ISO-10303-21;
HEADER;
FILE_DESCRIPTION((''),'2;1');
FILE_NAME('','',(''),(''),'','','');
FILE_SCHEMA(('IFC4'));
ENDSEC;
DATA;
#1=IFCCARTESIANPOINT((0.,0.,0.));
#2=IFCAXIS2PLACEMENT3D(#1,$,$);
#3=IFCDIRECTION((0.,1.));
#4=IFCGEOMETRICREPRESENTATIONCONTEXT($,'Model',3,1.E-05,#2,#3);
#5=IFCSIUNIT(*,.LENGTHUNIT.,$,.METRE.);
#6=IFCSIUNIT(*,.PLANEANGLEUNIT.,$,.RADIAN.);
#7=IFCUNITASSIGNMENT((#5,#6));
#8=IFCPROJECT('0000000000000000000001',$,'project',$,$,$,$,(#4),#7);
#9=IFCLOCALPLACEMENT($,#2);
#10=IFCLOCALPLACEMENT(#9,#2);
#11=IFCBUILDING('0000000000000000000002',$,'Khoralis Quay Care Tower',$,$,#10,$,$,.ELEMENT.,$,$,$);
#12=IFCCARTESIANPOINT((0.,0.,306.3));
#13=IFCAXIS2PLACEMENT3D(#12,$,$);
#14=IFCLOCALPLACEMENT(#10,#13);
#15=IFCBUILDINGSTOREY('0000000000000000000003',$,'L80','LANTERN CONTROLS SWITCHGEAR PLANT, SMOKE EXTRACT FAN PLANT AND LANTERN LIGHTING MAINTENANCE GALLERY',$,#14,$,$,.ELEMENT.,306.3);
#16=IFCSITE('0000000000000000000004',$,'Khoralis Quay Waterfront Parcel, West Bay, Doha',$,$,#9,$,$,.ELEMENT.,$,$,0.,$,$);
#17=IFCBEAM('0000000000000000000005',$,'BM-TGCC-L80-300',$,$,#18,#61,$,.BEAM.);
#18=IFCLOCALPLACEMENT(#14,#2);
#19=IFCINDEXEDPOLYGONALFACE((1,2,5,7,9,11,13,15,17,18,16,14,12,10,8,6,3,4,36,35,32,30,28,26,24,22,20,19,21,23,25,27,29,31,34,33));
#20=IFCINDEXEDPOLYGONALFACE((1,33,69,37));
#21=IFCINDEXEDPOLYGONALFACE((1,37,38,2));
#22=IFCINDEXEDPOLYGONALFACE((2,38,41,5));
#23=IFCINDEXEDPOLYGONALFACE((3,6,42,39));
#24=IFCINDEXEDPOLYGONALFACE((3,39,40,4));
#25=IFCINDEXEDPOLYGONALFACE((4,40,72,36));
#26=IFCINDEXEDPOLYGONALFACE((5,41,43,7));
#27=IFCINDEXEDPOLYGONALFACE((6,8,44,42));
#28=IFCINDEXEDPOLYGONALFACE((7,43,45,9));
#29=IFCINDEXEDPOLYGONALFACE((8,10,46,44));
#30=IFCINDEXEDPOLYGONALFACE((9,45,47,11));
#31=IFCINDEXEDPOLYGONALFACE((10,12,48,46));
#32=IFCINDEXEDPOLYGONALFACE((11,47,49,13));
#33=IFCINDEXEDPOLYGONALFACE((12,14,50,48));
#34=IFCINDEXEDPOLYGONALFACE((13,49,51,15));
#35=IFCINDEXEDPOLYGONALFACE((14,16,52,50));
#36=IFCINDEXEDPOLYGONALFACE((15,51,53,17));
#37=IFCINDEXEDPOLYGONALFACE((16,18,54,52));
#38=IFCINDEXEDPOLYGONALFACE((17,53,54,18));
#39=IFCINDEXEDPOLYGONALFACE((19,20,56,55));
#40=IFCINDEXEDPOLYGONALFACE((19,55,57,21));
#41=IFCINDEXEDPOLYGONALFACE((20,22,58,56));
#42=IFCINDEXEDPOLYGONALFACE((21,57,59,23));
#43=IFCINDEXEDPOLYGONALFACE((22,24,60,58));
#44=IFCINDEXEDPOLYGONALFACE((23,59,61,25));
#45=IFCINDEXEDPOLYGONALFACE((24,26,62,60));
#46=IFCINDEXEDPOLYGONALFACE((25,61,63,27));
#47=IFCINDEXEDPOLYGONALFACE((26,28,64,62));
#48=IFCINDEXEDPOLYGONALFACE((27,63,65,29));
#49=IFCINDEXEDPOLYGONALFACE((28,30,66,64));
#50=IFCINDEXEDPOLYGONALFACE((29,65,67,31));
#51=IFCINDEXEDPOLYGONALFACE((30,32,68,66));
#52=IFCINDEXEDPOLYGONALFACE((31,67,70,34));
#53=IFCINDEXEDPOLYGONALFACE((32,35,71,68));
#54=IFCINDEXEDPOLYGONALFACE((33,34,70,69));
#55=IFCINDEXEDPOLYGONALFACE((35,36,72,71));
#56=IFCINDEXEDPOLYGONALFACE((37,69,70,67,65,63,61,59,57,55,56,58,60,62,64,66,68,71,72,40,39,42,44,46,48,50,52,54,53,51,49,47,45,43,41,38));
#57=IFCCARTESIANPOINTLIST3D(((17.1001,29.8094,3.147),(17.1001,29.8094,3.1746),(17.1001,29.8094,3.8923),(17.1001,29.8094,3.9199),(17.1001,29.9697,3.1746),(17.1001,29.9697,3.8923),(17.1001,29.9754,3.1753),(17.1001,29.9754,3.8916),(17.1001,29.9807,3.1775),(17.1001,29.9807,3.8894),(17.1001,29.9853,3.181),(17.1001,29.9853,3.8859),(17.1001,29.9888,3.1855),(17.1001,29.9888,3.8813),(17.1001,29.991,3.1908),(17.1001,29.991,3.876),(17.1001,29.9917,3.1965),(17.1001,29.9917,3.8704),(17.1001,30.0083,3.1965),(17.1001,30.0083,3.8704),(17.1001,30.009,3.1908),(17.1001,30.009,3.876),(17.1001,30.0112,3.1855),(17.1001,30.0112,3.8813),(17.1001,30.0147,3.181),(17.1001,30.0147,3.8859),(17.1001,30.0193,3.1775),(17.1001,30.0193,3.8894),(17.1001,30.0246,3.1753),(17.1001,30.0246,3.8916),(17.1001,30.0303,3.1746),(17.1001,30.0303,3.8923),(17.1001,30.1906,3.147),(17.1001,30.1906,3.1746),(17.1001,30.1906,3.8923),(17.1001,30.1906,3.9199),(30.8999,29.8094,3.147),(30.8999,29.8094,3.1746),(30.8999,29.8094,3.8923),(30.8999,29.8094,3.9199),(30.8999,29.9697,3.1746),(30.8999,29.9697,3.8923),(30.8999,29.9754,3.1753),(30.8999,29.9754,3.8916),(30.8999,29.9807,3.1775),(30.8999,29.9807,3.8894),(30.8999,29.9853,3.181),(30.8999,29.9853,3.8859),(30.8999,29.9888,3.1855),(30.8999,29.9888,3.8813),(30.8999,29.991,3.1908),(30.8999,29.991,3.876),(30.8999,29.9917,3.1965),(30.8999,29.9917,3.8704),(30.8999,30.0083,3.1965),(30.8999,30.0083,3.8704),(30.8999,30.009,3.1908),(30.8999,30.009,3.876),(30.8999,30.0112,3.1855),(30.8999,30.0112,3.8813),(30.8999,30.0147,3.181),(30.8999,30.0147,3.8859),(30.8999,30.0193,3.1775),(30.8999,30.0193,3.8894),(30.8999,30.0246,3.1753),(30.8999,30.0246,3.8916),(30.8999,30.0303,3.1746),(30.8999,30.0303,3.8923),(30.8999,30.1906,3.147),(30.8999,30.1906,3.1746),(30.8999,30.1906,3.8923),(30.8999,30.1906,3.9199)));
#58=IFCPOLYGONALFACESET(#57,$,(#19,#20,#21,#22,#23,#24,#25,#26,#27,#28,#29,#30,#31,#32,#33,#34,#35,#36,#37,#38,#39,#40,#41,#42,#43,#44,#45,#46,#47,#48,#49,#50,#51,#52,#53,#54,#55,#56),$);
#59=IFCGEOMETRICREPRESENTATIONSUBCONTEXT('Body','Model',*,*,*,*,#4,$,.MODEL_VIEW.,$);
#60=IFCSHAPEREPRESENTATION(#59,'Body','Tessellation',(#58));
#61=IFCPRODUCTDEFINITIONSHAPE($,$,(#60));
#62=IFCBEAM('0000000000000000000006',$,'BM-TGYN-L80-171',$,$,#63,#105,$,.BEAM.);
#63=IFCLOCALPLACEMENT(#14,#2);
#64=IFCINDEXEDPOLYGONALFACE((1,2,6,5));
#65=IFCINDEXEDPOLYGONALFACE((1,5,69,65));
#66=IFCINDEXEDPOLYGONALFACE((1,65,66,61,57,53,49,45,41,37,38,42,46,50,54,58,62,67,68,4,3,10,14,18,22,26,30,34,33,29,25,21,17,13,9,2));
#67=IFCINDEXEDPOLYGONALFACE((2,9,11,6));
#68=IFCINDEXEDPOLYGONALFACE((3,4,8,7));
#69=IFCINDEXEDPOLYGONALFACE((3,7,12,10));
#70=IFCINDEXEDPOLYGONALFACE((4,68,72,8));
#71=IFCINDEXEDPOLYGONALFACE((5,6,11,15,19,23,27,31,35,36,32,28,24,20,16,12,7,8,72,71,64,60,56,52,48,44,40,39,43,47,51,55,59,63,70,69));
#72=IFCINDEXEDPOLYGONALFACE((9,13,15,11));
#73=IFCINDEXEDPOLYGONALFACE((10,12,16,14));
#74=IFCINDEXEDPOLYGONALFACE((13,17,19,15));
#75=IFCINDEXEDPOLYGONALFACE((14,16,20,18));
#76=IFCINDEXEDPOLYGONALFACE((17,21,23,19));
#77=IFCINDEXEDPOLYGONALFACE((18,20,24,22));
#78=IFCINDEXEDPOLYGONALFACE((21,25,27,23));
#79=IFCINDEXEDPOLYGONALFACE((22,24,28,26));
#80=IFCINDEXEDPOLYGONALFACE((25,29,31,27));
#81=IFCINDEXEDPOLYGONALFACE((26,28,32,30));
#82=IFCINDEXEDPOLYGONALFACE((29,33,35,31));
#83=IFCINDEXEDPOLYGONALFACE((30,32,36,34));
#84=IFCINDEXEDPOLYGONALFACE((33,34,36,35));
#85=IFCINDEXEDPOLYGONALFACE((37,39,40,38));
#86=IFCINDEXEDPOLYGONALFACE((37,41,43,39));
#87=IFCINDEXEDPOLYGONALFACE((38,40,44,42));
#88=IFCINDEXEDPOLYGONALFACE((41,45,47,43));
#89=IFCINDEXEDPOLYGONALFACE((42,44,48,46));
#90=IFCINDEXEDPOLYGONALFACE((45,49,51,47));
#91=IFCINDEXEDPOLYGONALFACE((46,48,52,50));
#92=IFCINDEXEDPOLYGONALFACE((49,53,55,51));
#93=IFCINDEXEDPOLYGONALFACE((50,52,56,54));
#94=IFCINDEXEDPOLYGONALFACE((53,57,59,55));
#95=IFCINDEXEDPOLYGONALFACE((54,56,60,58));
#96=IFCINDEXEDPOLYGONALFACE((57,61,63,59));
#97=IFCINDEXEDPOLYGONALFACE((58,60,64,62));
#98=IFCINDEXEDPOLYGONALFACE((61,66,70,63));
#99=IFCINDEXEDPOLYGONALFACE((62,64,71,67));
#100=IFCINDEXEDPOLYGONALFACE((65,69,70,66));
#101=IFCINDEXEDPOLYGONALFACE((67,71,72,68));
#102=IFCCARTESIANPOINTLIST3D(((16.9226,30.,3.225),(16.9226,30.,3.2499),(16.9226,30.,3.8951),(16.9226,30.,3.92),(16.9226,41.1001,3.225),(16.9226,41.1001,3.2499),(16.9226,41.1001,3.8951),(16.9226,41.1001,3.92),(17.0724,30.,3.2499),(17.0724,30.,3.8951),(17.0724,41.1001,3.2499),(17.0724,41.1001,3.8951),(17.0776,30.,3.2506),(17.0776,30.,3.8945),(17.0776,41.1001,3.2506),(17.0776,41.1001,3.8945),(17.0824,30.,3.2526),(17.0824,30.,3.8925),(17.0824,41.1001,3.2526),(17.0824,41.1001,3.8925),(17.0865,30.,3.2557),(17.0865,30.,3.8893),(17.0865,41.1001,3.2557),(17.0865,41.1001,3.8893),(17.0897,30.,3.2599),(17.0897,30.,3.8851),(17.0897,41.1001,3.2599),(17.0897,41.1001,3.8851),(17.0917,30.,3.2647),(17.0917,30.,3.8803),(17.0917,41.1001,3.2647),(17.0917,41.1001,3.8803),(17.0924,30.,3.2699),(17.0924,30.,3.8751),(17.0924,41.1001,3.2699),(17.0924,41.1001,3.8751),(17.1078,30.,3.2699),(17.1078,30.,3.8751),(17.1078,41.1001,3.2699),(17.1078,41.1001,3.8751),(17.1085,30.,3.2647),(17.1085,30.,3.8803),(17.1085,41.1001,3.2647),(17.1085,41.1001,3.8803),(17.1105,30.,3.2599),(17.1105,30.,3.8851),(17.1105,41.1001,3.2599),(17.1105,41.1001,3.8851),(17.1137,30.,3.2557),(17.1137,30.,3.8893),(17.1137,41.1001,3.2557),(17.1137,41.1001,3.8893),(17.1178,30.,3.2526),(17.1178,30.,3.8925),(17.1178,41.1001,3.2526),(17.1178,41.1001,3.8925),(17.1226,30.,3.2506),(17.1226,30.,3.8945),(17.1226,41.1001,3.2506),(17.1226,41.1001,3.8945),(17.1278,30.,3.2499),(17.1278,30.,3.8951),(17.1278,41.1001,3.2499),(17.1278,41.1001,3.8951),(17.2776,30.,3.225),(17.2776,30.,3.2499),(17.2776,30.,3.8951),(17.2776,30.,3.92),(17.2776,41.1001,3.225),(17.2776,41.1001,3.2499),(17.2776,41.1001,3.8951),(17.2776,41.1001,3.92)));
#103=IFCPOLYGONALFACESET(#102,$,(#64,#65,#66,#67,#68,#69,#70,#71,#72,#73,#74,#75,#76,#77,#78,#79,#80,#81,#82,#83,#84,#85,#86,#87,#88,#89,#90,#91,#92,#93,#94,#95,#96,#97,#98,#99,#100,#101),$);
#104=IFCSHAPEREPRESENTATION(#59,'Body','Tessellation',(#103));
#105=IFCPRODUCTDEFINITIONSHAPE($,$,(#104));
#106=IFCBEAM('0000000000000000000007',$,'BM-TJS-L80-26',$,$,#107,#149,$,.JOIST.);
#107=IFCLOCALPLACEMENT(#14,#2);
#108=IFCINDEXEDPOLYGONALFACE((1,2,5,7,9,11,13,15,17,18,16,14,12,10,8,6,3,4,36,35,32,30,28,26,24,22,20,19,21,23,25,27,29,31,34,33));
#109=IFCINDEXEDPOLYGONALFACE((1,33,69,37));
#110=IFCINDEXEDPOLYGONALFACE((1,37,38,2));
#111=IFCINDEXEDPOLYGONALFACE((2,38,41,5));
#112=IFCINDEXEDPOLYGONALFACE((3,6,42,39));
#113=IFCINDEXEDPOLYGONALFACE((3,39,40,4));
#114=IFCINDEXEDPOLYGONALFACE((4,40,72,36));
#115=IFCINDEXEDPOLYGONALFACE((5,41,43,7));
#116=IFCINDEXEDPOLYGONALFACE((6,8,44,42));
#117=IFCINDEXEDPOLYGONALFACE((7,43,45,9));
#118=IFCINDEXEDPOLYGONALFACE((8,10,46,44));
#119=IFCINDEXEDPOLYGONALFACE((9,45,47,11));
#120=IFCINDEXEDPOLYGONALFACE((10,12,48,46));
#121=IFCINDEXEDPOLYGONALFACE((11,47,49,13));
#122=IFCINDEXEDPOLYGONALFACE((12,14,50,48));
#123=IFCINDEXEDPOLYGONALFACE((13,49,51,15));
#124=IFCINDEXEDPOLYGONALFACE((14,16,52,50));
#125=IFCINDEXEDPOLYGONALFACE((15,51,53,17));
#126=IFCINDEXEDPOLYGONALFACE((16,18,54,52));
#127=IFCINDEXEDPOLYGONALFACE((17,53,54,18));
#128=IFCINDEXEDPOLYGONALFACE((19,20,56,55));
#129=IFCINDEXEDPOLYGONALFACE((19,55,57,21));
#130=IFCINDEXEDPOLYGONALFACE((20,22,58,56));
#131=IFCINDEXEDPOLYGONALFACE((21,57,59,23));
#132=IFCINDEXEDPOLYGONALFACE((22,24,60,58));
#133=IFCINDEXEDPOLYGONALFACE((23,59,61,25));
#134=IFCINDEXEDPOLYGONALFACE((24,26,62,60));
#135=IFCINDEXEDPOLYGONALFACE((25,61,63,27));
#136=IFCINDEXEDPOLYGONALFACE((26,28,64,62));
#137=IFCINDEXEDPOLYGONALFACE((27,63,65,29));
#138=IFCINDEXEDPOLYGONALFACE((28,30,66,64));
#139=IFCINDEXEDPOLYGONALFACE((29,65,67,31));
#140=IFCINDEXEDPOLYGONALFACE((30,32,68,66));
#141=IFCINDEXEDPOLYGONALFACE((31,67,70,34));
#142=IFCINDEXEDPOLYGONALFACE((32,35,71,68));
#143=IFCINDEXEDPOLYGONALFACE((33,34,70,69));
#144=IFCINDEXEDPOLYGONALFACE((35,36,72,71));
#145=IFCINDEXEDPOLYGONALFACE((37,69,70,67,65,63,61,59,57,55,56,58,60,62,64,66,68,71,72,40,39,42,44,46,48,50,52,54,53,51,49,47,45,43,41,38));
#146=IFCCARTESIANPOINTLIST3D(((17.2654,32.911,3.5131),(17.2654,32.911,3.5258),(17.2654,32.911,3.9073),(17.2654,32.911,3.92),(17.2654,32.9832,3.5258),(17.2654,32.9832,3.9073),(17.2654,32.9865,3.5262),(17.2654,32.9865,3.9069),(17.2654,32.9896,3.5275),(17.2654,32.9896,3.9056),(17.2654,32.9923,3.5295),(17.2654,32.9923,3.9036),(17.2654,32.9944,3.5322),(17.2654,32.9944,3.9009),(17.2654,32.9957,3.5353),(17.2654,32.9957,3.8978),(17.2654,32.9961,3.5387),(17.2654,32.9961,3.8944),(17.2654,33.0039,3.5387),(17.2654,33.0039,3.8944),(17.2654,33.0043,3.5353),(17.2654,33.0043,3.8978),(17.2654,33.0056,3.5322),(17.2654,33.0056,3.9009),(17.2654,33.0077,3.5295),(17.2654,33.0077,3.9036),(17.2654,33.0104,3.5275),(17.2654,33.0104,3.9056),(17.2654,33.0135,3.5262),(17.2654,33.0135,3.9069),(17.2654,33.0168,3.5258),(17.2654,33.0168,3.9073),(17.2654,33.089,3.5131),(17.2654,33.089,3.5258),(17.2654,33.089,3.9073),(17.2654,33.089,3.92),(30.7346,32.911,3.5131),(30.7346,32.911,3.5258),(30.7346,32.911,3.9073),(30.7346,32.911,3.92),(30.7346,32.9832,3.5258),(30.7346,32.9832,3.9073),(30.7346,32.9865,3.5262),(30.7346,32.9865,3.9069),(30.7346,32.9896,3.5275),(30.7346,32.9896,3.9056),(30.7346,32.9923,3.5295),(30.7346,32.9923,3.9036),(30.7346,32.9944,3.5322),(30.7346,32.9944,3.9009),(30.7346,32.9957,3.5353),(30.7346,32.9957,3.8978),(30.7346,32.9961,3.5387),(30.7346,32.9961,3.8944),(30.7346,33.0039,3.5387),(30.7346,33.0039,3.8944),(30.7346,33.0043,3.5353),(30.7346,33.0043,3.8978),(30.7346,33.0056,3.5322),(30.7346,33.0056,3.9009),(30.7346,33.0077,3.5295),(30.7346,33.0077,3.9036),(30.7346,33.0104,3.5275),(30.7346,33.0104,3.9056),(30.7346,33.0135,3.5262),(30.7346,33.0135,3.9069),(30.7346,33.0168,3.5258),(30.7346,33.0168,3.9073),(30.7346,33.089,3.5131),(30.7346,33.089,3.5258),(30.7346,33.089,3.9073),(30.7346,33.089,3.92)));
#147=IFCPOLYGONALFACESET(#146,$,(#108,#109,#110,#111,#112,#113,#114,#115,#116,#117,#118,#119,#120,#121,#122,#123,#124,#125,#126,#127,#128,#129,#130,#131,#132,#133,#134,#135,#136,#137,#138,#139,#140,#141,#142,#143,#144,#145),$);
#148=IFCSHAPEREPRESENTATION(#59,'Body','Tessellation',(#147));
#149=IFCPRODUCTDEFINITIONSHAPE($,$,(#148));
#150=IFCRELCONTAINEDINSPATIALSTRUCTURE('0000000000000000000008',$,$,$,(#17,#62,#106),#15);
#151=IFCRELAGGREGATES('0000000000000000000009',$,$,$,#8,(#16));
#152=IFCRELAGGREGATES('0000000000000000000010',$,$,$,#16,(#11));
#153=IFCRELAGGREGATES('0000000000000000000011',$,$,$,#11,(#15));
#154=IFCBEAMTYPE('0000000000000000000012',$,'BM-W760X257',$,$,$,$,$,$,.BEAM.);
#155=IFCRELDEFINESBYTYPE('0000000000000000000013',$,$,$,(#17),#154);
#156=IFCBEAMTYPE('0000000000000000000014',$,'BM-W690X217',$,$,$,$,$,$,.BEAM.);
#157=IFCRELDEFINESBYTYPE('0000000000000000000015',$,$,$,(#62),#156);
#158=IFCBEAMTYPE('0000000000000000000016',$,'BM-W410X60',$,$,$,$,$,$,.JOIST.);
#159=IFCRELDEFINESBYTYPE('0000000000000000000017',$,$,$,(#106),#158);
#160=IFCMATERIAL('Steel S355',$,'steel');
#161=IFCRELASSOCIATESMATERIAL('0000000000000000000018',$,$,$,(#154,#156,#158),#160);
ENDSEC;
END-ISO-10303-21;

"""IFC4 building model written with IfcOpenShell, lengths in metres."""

from ifc_helpers import new_model, si_unit, direction, frame, origin, origin_2d, place, context, subcontext, project, spatial, i_section, extrude, source, transform, mapped, material, material_profile, profile_set, type_object, element, save


model = new_model("IFC4")

# Units and contexts
model_context = context("Model", 3, precision=1e-05, world=origin(), true_north=direction((0.0, 1.0)))
body_context = subcontext(model_context, "Body", "Model", "MODEL_VIEW")
ifc_project = project(units=[si_unit("LENGTHUNIT", "METRE"), si_unit("PLANEANGLEUNIT", "RADIAN")], contexts=[model_context])

# Site, building, storey
site_placement = place(None, origin())
site = spatial("IfcSite", under=ifc_project, at=site_placement, Name="Khoralis Quay Waterfront Parcel, West Bay, Doha", CompositionType="ELEMENT", RefElevation=0.0)
building_placement = place(site_placement, origin())
building = spatial("IfcBuilding", under=site, at=building_placement, Name="Khoralis Quay Care Tower", CompositionType="ELEMENT")
storey_placement = place(building_placement, frame((0.0, 0.0, 306.3)))
storey = spatial("IfcBuildingStorey", under=building, at=storey_placement, Name="L80", Description="LANTERN CONTROLS SWITCHGEAR PLANT, SMOKE EXTRACT FAN PLANT AND LANTERN LIGHTING MAINTENANCE GALLERY", CompositionType="ELEMENT", Elevation=306.3)

# Shared definitions
ifc_material_1 = material(Name="Steel S355", Category="steel")

# Beams
ifc_material_profile_1 = material_profile(ifc_material_1, i_section(OverallWidth=0.3811, OverallDepth=0.7729, WebThickness=0.0166, FlangeThickness=0.0276, FilletRadius=0.022, at=origin_2d()), Name="Steel S355")
ifc_profile_set_1 = profile_set([ifc_material_profile_1], Name="Steel S355")
beam_type_1 = type_object("IfcBeamType", Name="BM-W760X257", PredefinedType="BEAM", material=ifc_profile_set_1)
shared_shape_1 = source(origin(), body_context, "Body", "SweptSolid", [
    extrude(i_section(OverallWidth=0.3811, OverallDepth=0.7729, WebThickness=0.0166, FlangeThickness=0.0276, FilletRadius=0.022, at=origin_2d()), origin(), (0.0, 0.0, 1.0), 13.7998),
])
beam_1_placement = place(storey_placement, frame((17.1001, 30.0, 3.5334), z_axis=(1.0, 0.0, 0.0), x_axis=(0.0, 1.0, 0.0)))
element("IfcBeam", 1, at=beam_1_placement, inside=storey, type_object=beam_type_1, Name="BM-TGCC-L80-300", PredefinedType="BEAM", context=body_context, shape_type="MappedRepresentation", body=[
    mapped(shared_shape_1, transform((0.0, 0.0, 0.0), scale=1.0)),
])
ifc_material_profile_2 = material_profile(ifc_material_1, i_section(OverallWidth=0.355, OverallDepth=0.6951, WebThickness=0.0154, FlangeThickness=0.0249, FilletRadius=0.02, at=origin_2d()), Name="Steel S355")
ifc_profile_set_2 = profile_set([ifc_material_profile_2], Name="Steel S355")
beam_type_2 = type_object("IfcBeamType", Name="BM-W690X217", PredefinedType="BEAM", material=ifc_profile_set_2)
shared_shape_2 = source(origin(), body_context, "Body", "SweptSolid", [
    extrude(i_section(OverallWidth=0.355, OverallDepth=0.6951, WebThickness=0.0154, FlangeThickness=0.0249, FilletRadius=0.02, at=origin_2d()), origin(), (0.0, 0.0, 1.0), 11.1001),
])
beam_2_placement = place(storey_placement, frame((17.1001, 30.0, 3.5725), z_axis=(0.0, 1.0, 0.0), x_axis=(-1.0, 0.0, 0.0)))
element("IfcBeam", 2, at=beam_2_placement, inside=storey, type_object=beam_type_2, Name="BM-TGYN-L80-171", PredefinedType="BEAM", context=body_context, shape_type="MappedRepresentation", body=[
    mapped(shared_shape_2, transform((0.0, 0.0, 0.0), scale=1.0)),
])
ifc_material_profile_3 = material_profile(ifc_material_1, i_section(OverallWidth=0.178, OverallDepth=0.407, WebThickness=0.0078, FlangeThickness=0.0127, FilletRadius=0.0129, at=origin_2d()), Name="Steel S355")
ifc_profile_set_3 = profile_set([ifc_material_profile_3], Name="Steel S355")
beam_type_3 = type_object("IfcBeamType", Name="BM-W410X60", PredefinedType="JOIST", material=ifc_profile_set_3)
shared_shape_3 = source(origin(), body_context, "Body", "SweptSolid", [
    extrude(i_section(OverallWidth=0.178, OverallDepth=0.407, WebThickness=0.0078, FlangeThickness=0.0127, FilletRadius=0.0129, at=origin_2d()), origin(), (0.0, 0.0, 1.0), 13.4692),
])
beam_3_placement = place(storey_placement, frame((17.2654, 33.0, 3.7166), z_axis=(1.0, 0.0, 0.0), x_axis=(0.0, 1.0, 0.0)))
element("IfcBeam", 3, at=beam_3_placement, inside=storey, type_object=beam_type_3, Name="BM-TJS-L80-26", PredefinedType="JOIST", context=body_context, shape_type="MappedRepresentation", body=[
    mapped(shared_shape_3, transform((0.0, 0.0, 0.0), scale=1.0)),
])

save(model, "model.ifc")
